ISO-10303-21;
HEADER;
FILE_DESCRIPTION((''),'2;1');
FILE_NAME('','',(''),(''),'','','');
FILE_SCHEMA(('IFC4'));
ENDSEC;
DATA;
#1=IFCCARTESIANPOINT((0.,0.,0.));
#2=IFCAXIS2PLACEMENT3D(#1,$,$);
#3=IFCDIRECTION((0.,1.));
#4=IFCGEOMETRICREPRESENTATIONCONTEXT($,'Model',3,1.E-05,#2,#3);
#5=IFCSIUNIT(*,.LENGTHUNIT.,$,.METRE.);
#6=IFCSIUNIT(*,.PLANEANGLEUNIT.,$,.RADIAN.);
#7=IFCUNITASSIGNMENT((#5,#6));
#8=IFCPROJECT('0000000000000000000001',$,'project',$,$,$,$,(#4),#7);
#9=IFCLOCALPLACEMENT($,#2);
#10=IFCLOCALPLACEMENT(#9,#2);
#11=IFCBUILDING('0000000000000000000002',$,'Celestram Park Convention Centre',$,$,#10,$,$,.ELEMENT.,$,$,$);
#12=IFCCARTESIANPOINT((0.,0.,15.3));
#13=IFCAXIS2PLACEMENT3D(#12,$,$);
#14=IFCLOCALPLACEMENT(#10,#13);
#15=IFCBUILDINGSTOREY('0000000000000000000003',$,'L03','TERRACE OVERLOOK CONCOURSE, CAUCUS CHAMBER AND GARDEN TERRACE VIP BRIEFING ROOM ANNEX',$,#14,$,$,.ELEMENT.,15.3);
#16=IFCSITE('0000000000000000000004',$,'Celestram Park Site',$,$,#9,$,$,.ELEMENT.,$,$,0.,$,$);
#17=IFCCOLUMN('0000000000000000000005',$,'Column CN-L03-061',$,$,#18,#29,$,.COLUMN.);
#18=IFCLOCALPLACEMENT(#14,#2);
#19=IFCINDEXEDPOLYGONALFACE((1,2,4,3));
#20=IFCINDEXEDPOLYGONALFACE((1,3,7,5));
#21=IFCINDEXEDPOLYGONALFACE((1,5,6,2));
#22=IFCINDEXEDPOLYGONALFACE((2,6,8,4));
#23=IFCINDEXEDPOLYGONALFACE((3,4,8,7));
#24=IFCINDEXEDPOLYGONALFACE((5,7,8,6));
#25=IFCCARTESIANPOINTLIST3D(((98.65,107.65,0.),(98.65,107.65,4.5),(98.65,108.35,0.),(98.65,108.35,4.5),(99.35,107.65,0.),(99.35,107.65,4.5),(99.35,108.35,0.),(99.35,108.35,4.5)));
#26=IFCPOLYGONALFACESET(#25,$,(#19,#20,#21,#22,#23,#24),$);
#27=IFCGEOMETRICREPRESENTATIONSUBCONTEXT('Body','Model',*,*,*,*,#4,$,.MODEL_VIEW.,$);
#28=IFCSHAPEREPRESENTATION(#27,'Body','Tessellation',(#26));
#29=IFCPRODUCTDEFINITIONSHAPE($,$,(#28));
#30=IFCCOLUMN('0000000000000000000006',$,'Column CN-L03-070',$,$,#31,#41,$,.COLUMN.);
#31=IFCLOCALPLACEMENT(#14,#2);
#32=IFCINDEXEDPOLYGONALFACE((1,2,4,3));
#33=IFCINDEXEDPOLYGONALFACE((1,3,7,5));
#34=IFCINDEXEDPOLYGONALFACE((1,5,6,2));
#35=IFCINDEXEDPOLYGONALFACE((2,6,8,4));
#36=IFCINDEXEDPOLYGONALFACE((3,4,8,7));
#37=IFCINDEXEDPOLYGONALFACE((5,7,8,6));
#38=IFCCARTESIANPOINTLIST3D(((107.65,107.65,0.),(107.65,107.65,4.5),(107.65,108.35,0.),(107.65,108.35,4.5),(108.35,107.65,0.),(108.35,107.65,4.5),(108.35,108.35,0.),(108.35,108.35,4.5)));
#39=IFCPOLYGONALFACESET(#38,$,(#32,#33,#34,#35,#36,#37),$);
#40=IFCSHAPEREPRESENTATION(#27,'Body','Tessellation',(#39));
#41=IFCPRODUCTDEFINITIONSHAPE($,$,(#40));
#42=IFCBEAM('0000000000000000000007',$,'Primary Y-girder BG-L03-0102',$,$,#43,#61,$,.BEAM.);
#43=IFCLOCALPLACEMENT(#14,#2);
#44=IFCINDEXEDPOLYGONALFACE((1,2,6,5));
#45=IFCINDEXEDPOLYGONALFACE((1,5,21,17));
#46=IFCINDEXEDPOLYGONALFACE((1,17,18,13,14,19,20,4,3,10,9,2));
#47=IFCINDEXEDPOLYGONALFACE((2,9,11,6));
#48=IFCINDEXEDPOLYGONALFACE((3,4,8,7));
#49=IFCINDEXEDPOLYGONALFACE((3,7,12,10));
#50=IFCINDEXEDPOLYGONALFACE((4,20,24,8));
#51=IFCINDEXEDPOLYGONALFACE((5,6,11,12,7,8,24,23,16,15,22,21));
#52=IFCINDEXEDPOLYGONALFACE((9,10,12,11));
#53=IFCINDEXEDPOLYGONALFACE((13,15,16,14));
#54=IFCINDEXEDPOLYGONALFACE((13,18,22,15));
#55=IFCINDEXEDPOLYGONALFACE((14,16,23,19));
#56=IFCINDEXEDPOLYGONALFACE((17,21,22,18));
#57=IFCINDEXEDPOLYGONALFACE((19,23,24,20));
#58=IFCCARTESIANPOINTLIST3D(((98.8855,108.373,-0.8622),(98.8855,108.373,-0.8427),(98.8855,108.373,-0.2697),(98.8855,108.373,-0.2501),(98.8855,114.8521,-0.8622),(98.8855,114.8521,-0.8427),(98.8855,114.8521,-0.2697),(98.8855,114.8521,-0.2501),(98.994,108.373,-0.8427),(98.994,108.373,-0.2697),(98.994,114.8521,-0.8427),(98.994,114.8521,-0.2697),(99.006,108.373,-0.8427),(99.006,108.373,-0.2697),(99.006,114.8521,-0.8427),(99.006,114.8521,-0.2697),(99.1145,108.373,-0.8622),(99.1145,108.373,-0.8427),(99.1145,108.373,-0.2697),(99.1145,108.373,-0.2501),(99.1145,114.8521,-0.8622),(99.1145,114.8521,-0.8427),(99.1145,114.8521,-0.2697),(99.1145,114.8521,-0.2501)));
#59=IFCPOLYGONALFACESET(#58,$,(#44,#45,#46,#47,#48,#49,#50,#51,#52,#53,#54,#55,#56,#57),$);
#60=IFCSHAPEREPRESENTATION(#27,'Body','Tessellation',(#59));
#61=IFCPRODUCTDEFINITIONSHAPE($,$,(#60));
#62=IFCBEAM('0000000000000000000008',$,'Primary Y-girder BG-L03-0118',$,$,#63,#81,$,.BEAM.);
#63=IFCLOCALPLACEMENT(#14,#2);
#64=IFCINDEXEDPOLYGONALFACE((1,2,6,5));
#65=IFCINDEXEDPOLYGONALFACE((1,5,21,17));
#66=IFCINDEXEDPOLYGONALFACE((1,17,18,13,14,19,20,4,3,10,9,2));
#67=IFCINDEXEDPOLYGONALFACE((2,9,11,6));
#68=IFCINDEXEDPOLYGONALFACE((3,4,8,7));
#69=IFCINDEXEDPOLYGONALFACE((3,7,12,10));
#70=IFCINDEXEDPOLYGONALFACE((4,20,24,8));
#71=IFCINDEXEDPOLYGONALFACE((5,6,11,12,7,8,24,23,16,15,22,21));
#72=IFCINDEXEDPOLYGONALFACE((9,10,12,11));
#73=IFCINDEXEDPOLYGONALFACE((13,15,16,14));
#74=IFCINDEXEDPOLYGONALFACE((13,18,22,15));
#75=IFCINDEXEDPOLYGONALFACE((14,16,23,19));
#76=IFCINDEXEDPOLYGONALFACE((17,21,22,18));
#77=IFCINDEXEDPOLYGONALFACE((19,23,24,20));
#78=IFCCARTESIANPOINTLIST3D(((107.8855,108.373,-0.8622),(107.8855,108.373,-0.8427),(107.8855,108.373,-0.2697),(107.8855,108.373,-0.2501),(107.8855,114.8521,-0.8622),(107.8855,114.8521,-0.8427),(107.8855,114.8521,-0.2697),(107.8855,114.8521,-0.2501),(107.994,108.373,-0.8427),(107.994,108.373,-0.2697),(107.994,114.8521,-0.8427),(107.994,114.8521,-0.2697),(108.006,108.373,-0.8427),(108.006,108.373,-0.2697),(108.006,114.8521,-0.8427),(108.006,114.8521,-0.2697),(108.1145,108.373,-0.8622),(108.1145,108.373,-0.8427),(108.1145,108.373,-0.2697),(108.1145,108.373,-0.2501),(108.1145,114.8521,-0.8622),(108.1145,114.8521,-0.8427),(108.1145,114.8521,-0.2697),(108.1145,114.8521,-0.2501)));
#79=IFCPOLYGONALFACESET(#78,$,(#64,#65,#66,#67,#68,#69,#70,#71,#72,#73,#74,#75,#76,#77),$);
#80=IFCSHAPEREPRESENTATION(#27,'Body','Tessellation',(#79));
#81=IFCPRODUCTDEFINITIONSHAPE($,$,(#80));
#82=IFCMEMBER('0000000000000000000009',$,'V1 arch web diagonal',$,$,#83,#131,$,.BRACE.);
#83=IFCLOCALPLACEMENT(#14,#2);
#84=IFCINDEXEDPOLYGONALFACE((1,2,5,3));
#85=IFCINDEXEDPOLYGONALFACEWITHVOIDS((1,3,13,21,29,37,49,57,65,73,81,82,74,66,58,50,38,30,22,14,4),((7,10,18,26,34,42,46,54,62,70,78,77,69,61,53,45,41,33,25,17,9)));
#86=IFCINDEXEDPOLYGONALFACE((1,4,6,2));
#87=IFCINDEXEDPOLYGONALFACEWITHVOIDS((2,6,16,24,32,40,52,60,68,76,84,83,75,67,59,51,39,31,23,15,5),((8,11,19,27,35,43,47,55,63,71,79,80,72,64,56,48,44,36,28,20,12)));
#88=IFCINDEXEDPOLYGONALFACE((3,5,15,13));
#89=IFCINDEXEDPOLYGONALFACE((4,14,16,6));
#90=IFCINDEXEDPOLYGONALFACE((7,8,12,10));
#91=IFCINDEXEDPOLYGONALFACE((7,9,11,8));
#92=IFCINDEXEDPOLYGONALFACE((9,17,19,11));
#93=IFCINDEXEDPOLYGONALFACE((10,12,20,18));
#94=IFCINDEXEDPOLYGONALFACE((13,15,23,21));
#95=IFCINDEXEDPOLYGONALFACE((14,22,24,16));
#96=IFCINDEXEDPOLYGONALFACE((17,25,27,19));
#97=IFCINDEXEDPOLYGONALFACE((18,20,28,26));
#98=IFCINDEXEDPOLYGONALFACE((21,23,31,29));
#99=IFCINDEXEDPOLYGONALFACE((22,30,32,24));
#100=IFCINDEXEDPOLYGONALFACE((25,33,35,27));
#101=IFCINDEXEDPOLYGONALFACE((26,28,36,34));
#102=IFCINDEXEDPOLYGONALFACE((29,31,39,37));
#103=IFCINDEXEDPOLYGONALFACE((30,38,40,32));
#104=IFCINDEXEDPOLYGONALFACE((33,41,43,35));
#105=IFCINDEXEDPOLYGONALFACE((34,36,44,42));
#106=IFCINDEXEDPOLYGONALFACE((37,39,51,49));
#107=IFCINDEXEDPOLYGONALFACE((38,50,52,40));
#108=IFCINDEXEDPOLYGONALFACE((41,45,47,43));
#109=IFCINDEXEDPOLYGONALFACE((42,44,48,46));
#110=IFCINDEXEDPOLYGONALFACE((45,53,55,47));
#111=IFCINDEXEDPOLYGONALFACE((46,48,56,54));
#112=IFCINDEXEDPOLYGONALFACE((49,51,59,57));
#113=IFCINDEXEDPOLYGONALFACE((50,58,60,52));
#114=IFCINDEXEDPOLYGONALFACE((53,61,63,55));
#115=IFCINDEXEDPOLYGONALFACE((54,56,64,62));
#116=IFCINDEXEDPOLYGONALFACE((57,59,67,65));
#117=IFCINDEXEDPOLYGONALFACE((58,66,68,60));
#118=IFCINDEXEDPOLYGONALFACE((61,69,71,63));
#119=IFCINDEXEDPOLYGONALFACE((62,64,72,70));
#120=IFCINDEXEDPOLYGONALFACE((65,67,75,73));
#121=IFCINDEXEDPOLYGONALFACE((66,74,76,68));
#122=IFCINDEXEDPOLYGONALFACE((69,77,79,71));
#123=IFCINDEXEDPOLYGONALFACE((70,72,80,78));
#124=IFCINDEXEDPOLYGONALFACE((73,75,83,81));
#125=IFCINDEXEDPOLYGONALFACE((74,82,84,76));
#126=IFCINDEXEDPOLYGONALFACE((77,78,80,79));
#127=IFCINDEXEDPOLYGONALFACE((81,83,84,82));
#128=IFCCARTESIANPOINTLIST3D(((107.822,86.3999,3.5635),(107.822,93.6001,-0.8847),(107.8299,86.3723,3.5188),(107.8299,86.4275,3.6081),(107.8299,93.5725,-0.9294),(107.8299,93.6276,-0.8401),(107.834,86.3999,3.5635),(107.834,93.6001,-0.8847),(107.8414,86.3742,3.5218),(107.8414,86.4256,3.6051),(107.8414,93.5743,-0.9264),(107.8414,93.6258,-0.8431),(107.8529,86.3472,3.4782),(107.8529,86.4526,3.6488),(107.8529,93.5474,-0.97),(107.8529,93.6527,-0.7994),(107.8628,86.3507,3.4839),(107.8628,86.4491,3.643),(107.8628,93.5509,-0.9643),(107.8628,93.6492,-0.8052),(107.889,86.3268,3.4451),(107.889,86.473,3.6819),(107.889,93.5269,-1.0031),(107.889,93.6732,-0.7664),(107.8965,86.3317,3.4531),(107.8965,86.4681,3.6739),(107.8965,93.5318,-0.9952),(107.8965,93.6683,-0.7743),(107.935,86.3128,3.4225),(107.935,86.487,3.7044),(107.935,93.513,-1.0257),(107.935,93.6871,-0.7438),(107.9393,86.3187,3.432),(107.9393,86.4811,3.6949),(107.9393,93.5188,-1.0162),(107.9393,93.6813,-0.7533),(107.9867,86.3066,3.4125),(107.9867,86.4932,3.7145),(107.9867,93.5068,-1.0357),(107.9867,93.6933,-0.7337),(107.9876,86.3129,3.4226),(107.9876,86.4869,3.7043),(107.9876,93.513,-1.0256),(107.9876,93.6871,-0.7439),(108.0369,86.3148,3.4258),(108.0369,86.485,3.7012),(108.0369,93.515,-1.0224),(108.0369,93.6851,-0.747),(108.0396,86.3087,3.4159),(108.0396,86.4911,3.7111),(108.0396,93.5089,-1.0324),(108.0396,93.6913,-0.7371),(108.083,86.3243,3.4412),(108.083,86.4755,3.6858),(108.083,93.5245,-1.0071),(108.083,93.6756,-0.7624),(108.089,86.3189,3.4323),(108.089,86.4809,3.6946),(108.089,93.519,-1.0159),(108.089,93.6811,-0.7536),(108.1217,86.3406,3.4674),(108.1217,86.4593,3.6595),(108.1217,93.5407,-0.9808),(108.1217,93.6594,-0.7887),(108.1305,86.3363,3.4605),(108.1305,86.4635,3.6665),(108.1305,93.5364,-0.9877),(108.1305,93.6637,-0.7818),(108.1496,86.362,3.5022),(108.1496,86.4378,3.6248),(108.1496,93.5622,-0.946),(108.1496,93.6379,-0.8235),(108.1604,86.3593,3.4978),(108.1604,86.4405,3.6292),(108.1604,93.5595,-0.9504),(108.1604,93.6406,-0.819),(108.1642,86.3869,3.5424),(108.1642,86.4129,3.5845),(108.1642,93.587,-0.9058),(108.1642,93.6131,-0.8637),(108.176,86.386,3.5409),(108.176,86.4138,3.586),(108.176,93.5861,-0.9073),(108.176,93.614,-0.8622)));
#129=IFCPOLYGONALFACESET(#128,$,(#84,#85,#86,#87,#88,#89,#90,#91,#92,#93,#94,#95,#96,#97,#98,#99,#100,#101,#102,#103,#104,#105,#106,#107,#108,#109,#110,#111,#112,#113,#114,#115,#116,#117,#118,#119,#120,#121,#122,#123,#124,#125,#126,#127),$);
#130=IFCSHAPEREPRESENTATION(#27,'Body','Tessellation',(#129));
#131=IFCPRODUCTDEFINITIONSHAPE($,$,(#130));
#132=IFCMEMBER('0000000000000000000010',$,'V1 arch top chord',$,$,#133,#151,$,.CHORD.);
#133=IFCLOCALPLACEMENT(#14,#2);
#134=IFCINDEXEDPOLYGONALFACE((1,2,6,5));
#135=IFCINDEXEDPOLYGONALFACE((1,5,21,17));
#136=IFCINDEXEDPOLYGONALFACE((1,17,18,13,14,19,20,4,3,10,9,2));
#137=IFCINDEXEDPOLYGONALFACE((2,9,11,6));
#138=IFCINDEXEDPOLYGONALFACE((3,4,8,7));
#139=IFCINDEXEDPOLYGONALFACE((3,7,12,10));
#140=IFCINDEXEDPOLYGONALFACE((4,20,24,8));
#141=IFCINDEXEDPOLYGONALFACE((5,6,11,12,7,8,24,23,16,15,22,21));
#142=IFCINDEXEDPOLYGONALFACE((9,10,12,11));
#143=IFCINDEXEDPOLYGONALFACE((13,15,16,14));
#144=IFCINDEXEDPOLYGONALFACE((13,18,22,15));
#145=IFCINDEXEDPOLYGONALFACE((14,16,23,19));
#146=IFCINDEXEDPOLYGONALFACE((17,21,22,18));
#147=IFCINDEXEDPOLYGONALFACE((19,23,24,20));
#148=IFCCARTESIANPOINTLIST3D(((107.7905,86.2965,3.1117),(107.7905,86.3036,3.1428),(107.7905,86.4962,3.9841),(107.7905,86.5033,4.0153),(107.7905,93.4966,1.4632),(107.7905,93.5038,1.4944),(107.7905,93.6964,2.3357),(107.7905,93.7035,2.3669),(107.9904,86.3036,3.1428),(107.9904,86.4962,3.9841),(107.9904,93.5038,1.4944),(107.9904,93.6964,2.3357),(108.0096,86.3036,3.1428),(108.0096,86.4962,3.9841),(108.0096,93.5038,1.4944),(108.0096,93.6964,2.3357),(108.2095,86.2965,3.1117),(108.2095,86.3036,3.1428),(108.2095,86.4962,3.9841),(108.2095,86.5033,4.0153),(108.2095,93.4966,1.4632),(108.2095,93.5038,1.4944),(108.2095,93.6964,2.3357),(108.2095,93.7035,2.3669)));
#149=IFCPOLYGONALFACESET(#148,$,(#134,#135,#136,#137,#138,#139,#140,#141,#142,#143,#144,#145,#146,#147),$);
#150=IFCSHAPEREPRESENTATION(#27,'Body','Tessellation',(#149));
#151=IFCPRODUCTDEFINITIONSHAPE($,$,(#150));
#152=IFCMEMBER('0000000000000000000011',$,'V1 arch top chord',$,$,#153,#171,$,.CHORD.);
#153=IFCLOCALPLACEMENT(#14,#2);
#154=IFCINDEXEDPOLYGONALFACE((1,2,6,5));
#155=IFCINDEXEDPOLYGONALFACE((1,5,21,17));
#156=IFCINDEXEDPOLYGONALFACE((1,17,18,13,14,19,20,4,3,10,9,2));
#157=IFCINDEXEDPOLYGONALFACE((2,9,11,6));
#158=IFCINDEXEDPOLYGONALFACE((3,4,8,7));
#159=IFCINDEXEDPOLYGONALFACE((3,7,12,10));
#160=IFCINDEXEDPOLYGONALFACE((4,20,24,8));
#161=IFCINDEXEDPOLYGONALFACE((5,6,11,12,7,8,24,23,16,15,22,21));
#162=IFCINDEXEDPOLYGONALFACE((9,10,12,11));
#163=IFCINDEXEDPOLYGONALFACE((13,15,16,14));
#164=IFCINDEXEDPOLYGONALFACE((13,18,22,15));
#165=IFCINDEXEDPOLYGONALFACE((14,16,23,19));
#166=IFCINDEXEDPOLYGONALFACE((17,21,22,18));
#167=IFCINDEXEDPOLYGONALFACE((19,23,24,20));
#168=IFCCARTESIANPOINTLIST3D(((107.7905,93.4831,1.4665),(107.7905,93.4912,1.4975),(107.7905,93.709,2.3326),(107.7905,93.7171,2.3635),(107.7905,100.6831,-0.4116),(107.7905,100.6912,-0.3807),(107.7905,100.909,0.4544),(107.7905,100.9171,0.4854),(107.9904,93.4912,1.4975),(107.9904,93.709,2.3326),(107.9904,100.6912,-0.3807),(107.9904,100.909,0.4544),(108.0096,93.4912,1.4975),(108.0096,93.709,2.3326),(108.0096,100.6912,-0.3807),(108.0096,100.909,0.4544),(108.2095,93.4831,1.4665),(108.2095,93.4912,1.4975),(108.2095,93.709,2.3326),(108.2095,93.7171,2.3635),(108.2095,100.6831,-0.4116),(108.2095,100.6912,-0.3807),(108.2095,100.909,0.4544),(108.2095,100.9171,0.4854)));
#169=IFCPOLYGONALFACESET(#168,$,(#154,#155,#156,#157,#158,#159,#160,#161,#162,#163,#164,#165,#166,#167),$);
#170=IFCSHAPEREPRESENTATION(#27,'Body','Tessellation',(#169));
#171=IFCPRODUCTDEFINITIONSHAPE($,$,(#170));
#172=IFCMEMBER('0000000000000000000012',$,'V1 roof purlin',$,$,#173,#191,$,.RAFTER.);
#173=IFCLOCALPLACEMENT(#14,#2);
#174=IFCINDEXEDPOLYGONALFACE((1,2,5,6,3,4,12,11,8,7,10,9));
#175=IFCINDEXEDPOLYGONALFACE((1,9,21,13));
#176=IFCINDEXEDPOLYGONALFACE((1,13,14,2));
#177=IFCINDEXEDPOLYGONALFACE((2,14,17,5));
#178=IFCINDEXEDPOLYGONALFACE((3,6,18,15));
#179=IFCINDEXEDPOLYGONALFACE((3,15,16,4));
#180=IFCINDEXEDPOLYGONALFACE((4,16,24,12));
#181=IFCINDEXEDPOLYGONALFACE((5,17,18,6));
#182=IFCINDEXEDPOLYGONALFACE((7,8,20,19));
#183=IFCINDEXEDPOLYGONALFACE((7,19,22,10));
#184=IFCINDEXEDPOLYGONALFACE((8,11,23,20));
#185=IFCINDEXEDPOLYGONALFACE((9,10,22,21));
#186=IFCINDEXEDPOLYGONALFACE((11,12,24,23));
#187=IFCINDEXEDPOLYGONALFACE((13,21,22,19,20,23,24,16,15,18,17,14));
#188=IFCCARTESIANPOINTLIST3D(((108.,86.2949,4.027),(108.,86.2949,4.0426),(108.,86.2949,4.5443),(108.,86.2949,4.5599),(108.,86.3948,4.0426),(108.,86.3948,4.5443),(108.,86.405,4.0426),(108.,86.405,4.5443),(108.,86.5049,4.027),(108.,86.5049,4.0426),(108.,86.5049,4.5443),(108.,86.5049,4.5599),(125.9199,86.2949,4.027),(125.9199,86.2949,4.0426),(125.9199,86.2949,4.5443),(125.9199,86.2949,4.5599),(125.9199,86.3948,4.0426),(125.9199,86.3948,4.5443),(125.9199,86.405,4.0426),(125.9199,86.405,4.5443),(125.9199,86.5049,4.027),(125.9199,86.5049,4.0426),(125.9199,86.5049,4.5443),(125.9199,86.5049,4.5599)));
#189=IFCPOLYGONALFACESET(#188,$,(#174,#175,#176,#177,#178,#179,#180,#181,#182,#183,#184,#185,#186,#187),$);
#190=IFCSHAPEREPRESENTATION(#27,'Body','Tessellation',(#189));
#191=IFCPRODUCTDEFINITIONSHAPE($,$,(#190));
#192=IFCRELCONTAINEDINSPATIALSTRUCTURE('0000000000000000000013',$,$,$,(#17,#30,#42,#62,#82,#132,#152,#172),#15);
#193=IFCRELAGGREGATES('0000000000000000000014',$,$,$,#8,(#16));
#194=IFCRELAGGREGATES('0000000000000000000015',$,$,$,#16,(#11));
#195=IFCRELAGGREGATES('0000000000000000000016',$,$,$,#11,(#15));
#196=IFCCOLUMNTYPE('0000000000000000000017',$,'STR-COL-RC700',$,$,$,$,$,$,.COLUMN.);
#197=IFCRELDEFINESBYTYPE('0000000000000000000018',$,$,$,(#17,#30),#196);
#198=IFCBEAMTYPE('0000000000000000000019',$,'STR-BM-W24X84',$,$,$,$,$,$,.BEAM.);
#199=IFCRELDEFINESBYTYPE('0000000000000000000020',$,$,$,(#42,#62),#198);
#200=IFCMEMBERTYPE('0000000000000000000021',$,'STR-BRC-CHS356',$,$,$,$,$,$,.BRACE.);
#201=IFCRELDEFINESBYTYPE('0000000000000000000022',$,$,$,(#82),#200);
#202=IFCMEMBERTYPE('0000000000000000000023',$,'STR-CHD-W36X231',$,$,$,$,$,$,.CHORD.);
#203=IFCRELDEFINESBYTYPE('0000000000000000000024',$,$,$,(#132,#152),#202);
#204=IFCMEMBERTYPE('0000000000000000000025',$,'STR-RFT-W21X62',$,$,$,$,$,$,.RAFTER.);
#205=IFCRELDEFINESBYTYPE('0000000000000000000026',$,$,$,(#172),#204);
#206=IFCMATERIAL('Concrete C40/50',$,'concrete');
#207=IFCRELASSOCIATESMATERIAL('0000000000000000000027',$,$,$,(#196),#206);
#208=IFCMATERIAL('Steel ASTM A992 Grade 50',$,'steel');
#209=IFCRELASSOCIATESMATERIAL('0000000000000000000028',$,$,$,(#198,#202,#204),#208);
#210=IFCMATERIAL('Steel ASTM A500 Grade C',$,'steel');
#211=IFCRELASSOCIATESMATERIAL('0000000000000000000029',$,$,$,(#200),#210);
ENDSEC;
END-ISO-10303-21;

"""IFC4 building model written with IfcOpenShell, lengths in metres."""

from ifc_helpers import new_model, si_unit, direction, frame, origin, origin_2d, place, context, subcontext, project, spatial, rectangle, hollow_circle, i_section, extrude, material, material_profile, profile_set, type_object, element, save


model = new_model("IFC4")

# Units and contexts
model_context = context("Model", 3, precision=1e-05, world=origin(), true_north=direction((0.0, 1.0)))
body_context = subcontext(model_context, "Body", "Model", "MODEL_VIEW")
ifc_project = project(units=[si_unit("LENGTHUNIT", "METRE"), si_unit("PLANEANGLEUNIT", "RADIAN")], contexts=[model_context])

# Site, building, storey
site_placement = place(None, origin())
site = spatial("IfcSite", under=ifc_project, at=site_placement, Name="Celestram Park Site", CompositionType="ELEMENT", RefElevation=0.0)
building_placement = place(site_placement, origin())
building = spatial("IfcBuilding", under=site, at=building_placement, Name="Celestram Park Convention Centre", CompositionType="ELEMENT")
storey_placement = place(building_placement, frame((0.0, 0.0, 15.3)))
storey = spatial("IfcBuildingStorey", under=building, at=storey_placement, Name="L03", Description="TERRACE OVERLOOK CONCOURSE, CAUCUS CHAMBER AND GARDEN TERRACE VIP BRIEFING ROOM ANNEX", CompositionType="ELEMENT", Elevation=15.3)

# Columns
ifc_material_1 = material(Name="Concrete C40/50", Category="concrete")
ifc_material_profile_1 = material_profile(ifc_material_1, rectangle(XDim=0.7, YDim=0.7, at=origin_2d()), Name="RC700X700")
ifc_profile_set_1 = profile_set([ifc_material_profile_1], Name="Concrete C40/50")
column_type = type_object("IfcColumnType", Name="STR-COL-RC700", PredefinedType="COLUMN", material=ifc_profile_set_1)
for number, where, z_axis, x_axis, name in (
    (1, (99.0, 108.0, 0.0), (0.0, 0.0, 1.0), (1.0, 0.0, 0.0), "Column CN-L03-061"),
    (2, (108.0, 108.0, 0.0), (0.0, 0.0, 1.0), (1.0, 0.0, 0.0), "Column CN-L03-070"),
):
    element("IfcColumn", number, at=place(storey_placement, frame(where, z_axis=z_axis, x_axis=x_axis)), inside=storey, type_object=column_type, Name=name, PredefinedType="COLUMN", context=body_context, shape_type="SweptSolid", body=[
        extrude(rectangle(XDim=0.7, YDim=0.7, at=origin_2d()), origin(), (0.0, 0.0, 1.0), 4.5),
    ])

# Beams
ifc_material_2 = material(Name="Steel ASTM A992 Grade 50", Category="steel")
ifc_material_profile_2 = material_profile(ifc_material_2, i_section(OverallWidth=0.229, OverallDepth=0.6121, WebThickness=0.012, FlangeThickness=0.0195, at=origin_2d()), Name="W24X84")
ifc_profile_set_2 = profile_set([ifc_material_profile_2], Name="Steel ASTM A992 Grade 50")
beam_type_1 = type_object("IfcBeamType", Name="STR-BM-W24X84", PredefinedType="BEAM", material=ifc_profile_set_2)
for number, where, z_axis, x_axis, name in (
    (3, (99.0, 108.373, -0.5562), (0.0, 1.0, 0.0), (-1.0, 0.0, 0.0), "Primary Y-girder BG-L03-0102"),
    (4, (108.0, 108.373, -0.5562), (0.0, 1.0, 0.0), (-1.0, 0.0, 0.0), "Primary Y-girder BG-L03-0118"),
):
    element("IfcBeam", number, at=place(storey_placement, frame(where, z_axis=z_axis, x_axis=x_axis)), inside=storey, type_object=beam_type_1, Name=name, PredefinedType="BEAM", context=body_context, shape_type="SweptSolid", body=[
        extrude(i_section(OverallWidth=0.229, OverallDepth=0.6121, WebThickness=0.012, FlangeThickness=0.0195, at=origin_2d()), origin(), (0.0, 0.0, 1.0), 6.479),
    ])

# Members
ifc_material_3 = material(Name="Steel ASTM A500 Grade C", Category="steel")
ifc_material_profile_3 = material_profile(ifc_material_3, hollow_circle(Radius=0.178, WallThickness=0.012, at=origin_2d()), Name="CHS356X12")
ifc_profile_set_3 = profile_set([ifc_material_profile_3], Name="Steel ASTM A500 Grade C")
member_type_1 = type_object("IfcMemberType", Name="STR-BRC-CHS356", PredefinedType="BRACE", material=ifc_profile_set_3)
member_1_placement = place(storey_placement, frame((108.0, 86.3999, 3.5635), z_axis=(0.0, 0.850742, -0.525584), x_axis=(-1.0, 0.0, 0.0)))
element("IfcMember", 5, at=member_1_placement, inside=storey, type_object=member_type_1, Name="V1 arch web diagonal", PredefinedType="BRACE", context=body_context, shape_type="SweptSolid", body=[
    extrude(hollow_circle(Radius=0.178, WallThickness=0.012, at=origin_2d()), origin(), (0.0, 0.0, 1.0), 8.4634),
])
ifc_material_profile_4 = material_profile(ifc_material_2, i_section(OverallWidth=0.4189, OverallDepth=0.927, WebThickness=0.0193, FlangeThickness=0.032, at=origin_2d()), Name="W36X231")
ifc_profile_set_4 = profile_set([ifc_material_profile_4], Name="Steel ASTM A992 Grade 50")
member_type_2 = type_object("IfcMemberType", Name="STR-CHD-W36X231", PredefinedType="CHORD", material=ifc_profile_set_4)
member_2_placement = place(storey_placement, frame((108.0, 86.3999, 3.5635), z_axis=(0.0, 0.97478, -0.223169), x_axis=(-1.0, 0.0, 0.0)))
element("IfcMember", 6, at=member_2_placement, inside=storey, type_object=member_type_2, Name="V1 arch top chord", PredefinedType="CHORD", context=body_context, shape_type="SweptSolid", body=[
    extrude(i_section(OverallWidth=0.4189, OverallDepth=0.927, WebThickness=0.0193, FlangeThickness=0.032, at=origin_2d()), origin(), (0.0, 0.0, 1.0), 7.3865),
])
member_3_placement = place(storey_placement, frame((108.0, 93.6001, 1.915), z_axis=(0.0, 0.96762, -0.252413), x_axis=(-1.0, 0.0, 0.0)))
element("IfcMember", 7, at=member_3_placement, inside=storey, type_object=member_type_2, Name="V1 arch top chord", PredefinedType="CHORD", context=body_context, shape_type="SweptSolid", body=[
    extrude(i_section(OverallWidth=0.4189, OverallDepth=0.927, WebThickness=0.0193, FlangeThickness=0.032, at=origin_2d()), origin(), (0.0, 0.0, 1.0), 7.4409),
])
ifc_material_profile_5 = material_profile(ifc_material_2, i_section(OverallWidth=0.21, OverallDepth=0.533, WebThickness=0.0103, FlangeThickness=0.0156, at=origin_2d()), Name="W21X62")
ifc_profile_set_5 = profile_set([ifc_material_profile_5], Name="Steel ASTM A992 Grade 50")
member_type_3 = type_object("IfcMemberType", Name="STR-RFT-W21X62", PredefinedType="RAFTER", material=ifc_profile_set_5)
for number, where, z_axis, x_axis, name in (
    (8, (108.0, 86.3999, 4.2935), (1.0, 0.0, 0.0), (0.0, 1.0, 0.0), "V1 roof purlin"),
):
    element("IfcMember", number, at=place(storey_placement, frame(where, z_axis=z_axis, x_axis=x_axis)), inside=storey, type_object=member_type_3, Name=name, PredefinedType="RAFTER", context=body_context, shape_type="SweptSolid", body=[
        extrude(i_section(OverallWidth=0.21, OverallDepth=0.533, WebThickness=0.0103, FlangeThickness=0.0156, at=origin_2d()), origin(), (0.0, 0.0, 1.0), 17.9199),
    ])

save(model, "model.ifc")
